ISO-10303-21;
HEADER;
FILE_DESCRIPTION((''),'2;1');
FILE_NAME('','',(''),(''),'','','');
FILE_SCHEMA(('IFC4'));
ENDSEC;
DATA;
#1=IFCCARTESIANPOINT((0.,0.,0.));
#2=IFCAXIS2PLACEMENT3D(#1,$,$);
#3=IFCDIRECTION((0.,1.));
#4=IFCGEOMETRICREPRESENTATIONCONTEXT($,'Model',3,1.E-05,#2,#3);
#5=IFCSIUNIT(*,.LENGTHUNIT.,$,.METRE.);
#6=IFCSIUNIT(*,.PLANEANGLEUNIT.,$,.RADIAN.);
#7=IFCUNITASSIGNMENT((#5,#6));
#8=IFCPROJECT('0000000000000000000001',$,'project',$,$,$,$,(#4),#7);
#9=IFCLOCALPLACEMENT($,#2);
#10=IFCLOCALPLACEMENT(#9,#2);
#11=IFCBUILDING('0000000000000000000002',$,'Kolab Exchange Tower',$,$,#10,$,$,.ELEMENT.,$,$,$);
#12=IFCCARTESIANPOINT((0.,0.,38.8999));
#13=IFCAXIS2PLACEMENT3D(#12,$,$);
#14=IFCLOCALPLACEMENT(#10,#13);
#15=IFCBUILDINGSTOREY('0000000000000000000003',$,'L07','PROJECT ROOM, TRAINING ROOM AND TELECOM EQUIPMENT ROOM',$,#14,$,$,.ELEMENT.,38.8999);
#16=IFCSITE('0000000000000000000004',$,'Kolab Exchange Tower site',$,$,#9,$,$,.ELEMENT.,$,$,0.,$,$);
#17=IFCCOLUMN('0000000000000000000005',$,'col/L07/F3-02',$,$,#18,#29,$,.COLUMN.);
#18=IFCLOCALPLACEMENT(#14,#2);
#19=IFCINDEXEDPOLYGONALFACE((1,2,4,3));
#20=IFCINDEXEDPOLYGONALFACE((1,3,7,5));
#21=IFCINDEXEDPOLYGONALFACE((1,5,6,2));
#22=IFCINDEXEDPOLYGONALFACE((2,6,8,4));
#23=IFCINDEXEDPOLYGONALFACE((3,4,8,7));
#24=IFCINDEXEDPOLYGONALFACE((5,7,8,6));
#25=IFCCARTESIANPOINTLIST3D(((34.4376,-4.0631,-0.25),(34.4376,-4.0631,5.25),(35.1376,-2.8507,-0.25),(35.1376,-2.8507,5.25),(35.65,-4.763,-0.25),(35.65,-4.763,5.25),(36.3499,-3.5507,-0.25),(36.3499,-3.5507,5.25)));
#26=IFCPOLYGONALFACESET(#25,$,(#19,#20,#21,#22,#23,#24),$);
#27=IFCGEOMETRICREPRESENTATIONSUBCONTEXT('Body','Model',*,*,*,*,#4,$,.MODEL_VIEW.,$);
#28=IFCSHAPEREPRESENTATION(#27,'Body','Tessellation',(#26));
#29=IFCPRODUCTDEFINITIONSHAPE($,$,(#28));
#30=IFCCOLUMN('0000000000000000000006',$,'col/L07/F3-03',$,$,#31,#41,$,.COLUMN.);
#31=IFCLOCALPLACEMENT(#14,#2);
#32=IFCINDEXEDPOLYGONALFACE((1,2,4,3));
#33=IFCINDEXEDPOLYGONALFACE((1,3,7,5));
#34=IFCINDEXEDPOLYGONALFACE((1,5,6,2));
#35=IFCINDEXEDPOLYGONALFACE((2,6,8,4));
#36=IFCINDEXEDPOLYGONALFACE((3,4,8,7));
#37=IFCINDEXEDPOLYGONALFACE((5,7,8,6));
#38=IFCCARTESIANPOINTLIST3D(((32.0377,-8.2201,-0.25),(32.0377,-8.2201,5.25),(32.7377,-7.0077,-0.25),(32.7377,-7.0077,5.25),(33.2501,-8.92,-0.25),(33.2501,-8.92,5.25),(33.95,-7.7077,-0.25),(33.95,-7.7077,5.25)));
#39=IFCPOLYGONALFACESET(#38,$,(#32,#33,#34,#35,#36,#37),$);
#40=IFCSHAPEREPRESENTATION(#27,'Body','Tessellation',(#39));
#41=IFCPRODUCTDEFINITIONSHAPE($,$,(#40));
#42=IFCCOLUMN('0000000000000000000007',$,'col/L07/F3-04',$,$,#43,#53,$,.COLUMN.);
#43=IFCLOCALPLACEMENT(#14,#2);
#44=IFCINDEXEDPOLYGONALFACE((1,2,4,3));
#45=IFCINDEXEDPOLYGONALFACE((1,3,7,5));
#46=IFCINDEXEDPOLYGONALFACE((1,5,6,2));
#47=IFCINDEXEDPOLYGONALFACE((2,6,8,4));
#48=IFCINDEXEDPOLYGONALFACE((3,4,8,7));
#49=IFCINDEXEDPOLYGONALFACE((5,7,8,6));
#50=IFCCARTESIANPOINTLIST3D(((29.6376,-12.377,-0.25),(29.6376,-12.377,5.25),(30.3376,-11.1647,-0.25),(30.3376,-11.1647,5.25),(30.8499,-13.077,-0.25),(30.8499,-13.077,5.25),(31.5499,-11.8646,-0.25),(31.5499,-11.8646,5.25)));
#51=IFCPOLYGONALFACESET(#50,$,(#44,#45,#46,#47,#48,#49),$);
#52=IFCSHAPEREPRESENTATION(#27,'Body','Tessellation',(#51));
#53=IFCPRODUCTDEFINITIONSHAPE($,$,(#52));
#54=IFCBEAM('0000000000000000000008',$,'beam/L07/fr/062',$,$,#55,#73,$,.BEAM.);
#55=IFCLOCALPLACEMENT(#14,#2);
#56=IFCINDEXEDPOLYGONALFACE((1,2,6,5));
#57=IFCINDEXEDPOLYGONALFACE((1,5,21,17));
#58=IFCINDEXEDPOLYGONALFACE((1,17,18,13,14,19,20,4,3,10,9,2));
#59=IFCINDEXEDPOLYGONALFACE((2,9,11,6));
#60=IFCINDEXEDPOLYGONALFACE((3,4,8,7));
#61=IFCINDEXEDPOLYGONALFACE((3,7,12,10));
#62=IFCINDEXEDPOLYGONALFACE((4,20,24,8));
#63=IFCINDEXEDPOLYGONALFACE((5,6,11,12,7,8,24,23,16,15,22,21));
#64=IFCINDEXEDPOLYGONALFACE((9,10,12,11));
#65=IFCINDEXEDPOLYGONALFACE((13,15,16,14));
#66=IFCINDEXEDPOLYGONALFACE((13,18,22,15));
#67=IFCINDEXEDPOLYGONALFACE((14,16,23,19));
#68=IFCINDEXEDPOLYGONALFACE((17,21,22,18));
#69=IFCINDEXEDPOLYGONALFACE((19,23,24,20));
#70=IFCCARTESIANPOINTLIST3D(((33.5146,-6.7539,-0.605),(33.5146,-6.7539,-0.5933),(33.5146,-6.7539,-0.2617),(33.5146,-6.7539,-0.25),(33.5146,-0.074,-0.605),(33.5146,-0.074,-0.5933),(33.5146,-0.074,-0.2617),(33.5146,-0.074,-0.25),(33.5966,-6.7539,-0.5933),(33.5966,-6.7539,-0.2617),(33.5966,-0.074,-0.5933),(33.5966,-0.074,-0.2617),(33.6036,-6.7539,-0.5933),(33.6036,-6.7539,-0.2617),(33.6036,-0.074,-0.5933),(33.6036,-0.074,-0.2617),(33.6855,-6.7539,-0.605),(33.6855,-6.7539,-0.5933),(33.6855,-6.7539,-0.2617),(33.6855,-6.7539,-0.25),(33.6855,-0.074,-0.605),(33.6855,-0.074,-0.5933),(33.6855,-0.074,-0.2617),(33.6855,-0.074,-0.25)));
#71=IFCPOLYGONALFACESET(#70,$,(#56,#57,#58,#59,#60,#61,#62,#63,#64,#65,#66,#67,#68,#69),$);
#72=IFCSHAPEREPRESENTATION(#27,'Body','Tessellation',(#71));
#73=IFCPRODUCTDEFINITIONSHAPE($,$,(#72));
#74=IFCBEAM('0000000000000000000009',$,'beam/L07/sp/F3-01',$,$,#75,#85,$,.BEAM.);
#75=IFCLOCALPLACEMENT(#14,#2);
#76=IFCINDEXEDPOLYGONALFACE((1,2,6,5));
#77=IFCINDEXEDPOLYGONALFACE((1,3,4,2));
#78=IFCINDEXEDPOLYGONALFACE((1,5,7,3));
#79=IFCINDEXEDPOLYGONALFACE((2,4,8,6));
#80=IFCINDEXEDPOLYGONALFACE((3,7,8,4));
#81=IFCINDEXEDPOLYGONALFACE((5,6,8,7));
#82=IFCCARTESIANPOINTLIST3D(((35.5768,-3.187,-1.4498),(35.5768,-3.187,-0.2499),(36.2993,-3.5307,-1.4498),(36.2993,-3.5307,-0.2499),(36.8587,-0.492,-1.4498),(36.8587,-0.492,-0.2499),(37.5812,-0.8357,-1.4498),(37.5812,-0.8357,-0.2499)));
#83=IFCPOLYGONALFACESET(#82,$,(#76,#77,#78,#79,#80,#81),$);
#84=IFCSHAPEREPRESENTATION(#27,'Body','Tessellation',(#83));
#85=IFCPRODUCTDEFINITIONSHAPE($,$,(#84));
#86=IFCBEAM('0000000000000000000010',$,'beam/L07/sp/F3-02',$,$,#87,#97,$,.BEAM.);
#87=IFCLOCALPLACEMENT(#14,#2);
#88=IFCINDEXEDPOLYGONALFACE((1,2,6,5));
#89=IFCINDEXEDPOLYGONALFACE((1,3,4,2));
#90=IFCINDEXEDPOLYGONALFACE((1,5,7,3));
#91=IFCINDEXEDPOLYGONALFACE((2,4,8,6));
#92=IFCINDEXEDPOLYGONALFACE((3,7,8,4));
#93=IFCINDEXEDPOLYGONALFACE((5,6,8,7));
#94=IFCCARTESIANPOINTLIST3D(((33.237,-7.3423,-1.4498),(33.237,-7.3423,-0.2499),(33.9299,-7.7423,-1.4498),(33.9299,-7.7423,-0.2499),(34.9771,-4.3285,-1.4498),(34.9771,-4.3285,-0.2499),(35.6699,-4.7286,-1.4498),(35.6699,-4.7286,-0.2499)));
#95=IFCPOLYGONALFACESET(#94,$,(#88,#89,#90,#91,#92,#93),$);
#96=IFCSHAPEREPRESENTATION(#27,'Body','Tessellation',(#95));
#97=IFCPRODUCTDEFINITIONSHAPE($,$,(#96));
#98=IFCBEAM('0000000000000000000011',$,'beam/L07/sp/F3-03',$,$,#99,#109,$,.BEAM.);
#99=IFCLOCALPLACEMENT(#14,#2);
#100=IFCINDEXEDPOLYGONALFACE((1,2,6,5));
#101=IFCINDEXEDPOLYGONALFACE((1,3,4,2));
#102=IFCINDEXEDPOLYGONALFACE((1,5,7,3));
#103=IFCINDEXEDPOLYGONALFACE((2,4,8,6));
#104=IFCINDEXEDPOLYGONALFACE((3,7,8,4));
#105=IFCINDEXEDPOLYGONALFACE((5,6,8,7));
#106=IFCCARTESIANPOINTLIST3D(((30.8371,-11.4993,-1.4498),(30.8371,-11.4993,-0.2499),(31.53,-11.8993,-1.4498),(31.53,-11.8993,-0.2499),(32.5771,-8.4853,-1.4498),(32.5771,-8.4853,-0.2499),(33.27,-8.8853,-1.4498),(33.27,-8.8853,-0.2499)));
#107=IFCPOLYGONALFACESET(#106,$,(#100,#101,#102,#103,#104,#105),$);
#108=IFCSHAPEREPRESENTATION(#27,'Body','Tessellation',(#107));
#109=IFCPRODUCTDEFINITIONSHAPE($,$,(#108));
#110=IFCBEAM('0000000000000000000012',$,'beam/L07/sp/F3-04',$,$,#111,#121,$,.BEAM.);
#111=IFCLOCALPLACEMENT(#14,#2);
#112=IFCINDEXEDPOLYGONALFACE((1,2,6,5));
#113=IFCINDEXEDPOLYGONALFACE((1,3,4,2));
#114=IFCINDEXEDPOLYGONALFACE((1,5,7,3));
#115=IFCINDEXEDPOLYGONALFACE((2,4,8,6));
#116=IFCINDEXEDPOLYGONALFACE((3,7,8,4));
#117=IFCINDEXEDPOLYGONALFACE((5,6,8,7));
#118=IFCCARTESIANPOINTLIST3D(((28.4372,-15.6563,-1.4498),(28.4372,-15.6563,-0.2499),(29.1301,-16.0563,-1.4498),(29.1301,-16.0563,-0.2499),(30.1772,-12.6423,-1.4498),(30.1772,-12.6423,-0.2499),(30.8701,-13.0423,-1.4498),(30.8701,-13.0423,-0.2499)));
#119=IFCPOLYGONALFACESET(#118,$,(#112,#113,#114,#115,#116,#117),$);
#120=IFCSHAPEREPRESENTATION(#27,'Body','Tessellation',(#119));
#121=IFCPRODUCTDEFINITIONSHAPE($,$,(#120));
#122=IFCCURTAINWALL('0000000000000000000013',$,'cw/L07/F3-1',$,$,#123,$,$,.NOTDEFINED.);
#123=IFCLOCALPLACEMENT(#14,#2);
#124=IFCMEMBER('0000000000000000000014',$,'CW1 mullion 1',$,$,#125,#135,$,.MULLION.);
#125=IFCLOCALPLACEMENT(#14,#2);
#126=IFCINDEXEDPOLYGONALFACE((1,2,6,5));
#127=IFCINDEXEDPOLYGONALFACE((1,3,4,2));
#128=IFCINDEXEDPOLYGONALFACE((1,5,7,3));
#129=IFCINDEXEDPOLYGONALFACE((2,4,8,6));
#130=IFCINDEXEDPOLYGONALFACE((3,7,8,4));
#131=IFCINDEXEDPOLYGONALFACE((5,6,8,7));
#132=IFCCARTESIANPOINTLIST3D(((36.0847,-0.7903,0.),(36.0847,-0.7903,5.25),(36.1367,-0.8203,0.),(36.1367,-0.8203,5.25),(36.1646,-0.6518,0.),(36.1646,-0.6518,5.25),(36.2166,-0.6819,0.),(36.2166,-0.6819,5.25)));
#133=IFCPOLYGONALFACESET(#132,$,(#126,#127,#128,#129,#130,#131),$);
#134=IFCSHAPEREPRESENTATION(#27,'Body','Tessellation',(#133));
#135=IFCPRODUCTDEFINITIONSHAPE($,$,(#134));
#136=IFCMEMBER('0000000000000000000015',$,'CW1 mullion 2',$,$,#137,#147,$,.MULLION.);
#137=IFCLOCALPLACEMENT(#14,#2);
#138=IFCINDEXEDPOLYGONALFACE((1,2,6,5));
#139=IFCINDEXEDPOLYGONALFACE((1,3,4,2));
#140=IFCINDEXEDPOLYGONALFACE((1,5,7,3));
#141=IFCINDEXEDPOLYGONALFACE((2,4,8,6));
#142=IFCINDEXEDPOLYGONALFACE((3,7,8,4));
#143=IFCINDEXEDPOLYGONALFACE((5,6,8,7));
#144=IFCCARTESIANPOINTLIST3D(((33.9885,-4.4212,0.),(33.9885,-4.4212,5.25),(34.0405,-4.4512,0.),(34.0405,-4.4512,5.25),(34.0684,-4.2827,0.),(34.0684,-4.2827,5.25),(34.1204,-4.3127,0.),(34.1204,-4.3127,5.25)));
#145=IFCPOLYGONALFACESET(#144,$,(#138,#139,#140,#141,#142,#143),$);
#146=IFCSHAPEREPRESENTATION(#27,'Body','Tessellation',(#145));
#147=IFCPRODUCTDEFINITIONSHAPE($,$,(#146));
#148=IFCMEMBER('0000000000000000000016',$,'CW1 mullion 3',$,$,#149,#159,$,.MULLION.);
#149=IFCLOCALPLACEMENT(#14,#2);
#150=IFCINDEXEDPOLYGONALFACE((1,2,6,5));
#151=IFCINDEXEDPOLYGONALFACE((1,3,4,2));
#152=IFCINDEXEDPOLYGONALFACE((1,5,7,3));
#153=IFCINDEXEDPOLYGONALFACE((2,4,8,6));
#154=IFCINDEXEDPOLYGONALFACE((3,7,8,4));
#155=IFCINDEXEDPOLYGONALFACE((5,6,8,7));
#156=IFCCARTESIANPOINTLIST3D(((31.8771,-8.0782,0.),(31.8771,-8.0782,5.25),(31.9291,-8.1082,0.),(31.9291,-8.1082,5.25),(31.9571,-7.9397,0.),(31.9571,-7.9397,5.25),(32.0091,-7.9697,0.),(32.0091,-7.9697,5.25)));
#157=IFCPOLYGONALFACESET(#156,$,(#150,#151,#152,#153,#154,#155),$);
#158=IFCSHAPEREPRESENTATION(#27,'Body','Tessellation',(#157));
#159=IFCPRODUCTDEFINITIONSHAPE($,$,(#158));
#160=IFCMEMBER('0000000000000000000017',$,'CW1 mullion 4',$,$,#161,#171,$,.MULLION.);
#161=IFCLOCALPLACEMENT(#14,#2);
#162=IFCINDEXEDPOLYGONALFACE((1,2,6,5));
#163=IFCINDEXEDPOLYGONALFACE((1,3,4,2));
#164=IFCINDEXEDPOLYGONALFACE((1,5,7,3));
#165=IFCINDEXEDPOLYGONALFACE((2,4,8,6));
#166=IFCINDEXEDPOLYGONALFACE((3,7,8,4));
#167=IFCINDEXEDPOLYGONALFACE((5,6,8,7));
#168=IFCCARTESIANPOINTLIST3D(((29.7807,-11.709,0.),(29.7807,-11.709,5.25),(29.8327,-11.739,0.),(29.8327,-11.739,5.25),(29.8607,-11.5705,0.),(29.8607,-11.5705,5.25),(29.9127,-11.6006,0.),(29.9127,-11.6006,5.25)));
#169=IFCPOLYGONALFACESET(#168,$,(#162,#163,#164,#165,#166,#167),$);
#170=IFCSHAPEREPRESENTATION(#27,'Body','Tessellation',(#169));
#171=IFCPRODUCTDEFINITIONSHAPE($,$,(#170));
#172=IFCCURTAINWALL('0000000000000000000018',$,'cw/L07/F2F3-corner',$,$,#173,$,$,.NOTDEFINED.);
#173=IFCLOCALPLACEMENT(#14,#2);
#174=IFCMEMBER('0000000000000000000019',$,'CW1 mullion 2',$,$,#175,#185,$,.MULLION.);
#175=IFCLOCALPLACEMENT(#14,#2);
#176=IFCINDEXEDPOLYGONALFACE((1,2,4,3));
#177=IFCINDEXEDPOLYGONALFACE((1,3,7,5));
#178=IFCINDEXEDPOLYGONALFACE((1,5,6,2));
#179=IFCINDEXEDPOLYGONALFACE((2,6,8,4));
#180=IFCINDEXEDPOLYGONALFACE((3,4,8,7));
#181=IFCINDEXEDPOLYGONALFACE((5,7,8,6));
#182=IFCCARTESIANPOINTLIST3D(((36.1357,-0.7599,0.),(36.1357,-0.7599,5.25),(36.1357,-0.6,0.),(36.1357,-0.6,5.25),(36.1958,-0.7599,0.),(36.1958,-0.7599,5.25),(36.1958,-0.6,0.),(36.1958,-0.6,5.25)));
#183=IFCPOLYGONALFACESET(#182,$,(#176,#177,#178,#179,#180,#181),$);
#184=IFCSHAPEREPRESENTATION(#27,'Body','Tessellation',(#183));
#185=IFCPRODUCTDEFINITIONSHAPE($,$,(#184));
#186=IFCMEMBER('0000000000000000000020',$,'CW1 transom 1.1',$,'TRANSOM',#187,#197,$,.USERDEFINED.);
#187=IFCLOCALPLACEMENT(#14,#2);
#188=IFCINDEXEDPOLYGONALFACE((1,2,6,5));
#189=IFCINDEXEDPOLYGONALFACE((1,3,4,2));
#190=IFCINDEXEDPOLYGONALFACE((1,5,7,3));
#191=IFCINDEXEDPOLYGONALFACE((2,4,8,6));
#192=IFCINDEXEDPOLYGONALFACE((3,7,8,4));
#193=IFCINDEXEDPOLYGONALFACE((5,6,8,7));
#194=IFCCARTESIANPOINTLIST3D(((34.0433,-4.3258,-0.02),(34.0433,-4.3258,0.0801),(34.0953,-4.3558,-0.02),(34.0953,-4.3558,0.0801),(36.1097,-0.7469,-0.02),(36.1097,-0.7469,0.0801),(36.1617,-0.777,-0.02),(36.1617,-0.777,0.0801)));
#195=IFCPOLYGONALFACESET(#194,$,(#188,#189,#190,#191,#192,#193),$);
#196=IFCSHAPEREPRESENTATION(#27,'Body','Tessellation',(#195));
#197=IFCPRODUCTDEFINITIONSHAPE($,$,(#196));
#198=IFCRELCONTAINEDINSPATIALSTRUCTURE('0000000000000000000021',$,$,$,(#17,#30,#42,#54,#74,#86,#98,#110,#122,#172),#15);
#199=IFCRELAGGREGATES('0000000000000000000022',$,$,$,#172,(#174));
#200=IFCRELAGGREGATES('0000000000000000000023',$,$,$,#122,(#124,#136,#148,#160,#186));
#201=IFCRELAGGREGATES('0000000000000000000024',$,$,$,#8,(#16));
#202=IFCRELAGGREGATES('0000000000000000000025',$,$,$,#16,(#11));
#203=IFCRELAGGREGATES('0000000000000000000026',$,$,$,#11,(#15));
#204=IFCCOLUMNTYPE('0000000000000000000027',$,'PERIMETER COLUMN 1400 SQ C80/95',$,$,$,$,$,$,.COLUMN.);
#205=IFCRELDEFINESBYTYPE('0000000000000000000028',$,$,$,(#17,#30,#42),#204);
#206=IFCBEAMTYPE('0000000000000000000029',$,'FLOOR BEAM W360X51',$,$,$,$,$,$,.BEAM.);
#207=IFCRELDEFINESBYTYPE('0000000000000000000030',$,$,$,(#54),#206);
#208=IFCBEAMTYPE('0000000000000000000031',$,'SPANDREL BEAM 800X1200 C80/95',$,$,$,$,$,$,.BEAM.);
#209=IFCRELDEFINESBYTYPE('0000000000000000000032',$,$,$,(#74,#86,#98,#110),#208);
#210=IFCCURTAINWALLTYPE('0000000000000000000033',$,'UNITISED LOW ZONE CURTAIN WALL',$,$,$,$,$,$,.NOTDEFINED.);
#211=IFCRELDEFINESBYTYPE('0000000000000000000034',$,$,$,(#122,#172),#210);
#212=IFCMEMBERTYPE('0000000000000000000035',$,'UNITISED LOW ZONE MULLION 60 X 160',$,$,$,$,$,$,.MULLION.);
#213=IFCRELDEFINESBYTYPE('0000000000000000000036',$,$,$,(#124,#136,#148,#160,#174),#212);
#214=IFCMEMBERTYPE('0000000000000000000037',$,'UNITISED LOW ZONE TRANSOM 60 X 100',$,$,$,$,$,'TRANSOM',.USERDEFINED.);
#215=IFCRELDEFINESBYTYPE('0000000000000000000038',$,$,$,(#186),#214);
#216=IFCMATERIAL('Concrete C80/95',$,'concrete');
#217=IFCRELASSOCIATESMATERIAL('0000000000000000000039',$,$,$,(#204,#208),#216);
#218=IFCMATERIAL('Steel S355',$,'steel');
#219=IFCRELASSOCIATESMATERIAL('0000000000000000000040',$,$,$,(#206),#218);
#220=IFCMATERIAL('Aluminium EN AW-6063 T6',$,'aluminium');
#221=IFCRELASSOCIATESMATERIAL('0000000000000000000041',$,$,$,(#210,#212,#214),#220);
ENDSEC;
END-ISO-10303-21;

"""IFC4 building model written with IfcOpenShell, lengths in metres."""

from ifc_helpers import new_model, si_unit, direction, frame, origin, origin_2d, place, context, subcontext, project, spatial, rectangle, i_section, extrude, material, material_profile, profile_set, type_object, element, aggregate, save


model = new_model("IFC4")

# Units and contexts
model_context = context("Model", 3, precision=1e-05, world=origin(), true_north=direction((0.0, 1.0)))
body_context = subcontext(model_context, "Body", "Model", "MODEL_VIEW")
ifc_project = project(units=[si_unit("LENGTHUNIT", "METRE"), si_unit("PLANEANGLEUNIT", "RADIAN")], contexts=[model_context])

# Site, building, storey
site_placement = place(None, origin())
site = spatial("IfcSite", under=ifc_project, at=site_placement, Name="Kolab Exchange Tower site", CompositionType="ELEMENT", RefElevation=0.0)
building_placement = place(site_placement, origin())
building = spatial("IfcBuilding", under=site, at=building_placement, Name="Kolab Exchange Tower", CompositionType="ELEMENT")
storey_placement = place(building_placement, frame((0.0, 0.0, 38.8999)))
storey = spatial("IfcBuildingStorey", under=building, at=storey_placement, Name="L07", Description="PROJECT ROOM, TRAINING ROOM AND TELECOM EQUIPMENT ROOM", CompositionType="ELEMENT", Elevation=38.8999)

# Columns
ifc_material_1 = material(Name="Concrete C80/95", Category="concrete")
ifc_material_profile_1 = material_profile(ifc_material_1, rectangle(XDim=1.3999, YDim=1.3999, at=origin_2d()), Name="RC1400")
ifc_profile_set_1 = profile_set([ifc_material_profile_1], Name="Concrete C80/95")
column_type = type_object("IfcColumnType", Name="PERIMETER COLUMN 1400 SQ C80/95", PredefinedType="COLUMN", material=ifc_profile_set_1)
for number, where, z_axis, x_axis, name in (
    (1, (35.3938, -3.8069, -0.25), (0.0, 0.0, 1.0), (0.5, 0.866025, 0.0), "col/L07/F3-02"),
    (2, (32.9939, -7.9639, -0.25), (0.0, 0.0, 1.0), (0.5, 0.866025, 0.0), "col/L07/F3-03"),
    (3, (30.5938, -12.1208, -0.25), (0.0, 0.0, 1.0), (0.5, 0.866025, 0.0), "col/L07/F3-04"),
):
    element("IfcColumn", number, at=place(storey_placement, frame(where, z_axis=z_axis, x_axis=x_axis)), inside=storey, type_object=column_type, Name=name, PredefinedType="COLUMN", context=body_context, shape_type="SweptSolid", body=[
        extrude(rectangle(XDim=1.3999, YDim=1.3999, at=origin_2d()), origin(), (0.0, 0.0, 1.0), 5.5),
    ])

# Beams
ifc_material_2 = material(Name="Steel S355", Category="steel")
ifc_material_profile_2 = material_profile(ifc_material_2, i_section(OverallWidth=0.1709, OverallDepth=0.355, WebThickness=0.0071, FlangeThickness=0.0117, at=origin_2d()), Name="W360X51")
ifc_profile_set_2 = profile_set([ifc_material_profile_2], Name="Steel S355")
beam_type_1 = type_object("IfcBeamType", Name="FLOOR BEAM W360X51", PredefinedType="BEAM", material=ifc_profile_set_2)
beam_1_placement = place(storey_placement, frame((33.6001, -6.7539, -0.4275), z_axis=(0.0, 1.0, 0.0), x_axis=(-1.0, 0.0, 0.0)))
element("IfcBeam", 4, at=beam_1_placement, inside=storey, type_object=beam_type_1, Name="beam/L07/fr/062", PredefinedType="BEAM", context=body_context, shape_type="SweptSolid", body=[
    extrude(i_section(OverallWidth=0.1709, OverallDepth=0.355, WebThickness=0.0071, FlangeThickness=0.0117, at=origin_2d()), origin(), (0.0, 0.0, 1.0), 6.6799),
])
ifc_material_profile_3 = material_profile(ifc_material_1, rectangle(XDim=0.8, YDim=1.2, at=origin_2d()), Name="RC800X1200")
ifc_profile_set_3 = profile_set([ifc_material_profile_3], Name="Concrete C80/95")
beam_type_2 = type_object("IfcBeamType", Name="SPANDREL BEAM 800X1200 C80/95", PredefinedType="BEAM", material=ifc_profile_set_3)
beam_2_placement = place(storey_placement, frame((37.22, -0.6638, -0.8499), z_axis=(-0.429556, -0.90304, 0.0), x_axis=(0.90304, -0.429556, 0.0)))
element("IfcBeam", 5, at=beam_2_placement, inside=storey, type_object=beam_type_2, Name="beam/L07/sp/F3-01", PredefinedType="BEAM", context=body_context, shape_type="SweptSolid", body=[
    extrude(rectangle(XDim=0.8, YDim=1.2, at=origin_2d()), origin(), (0.0, 0.0, 1.0), 2.9844),
])
beam_3_placement = place(storey_placement, frame((35.3235, -4.5286, -0.8499), z_axis=(-0.50001, -0.86602, 0.0), x_axis=(0.86602, -0.50001, 0.0)))
element("IfcBeam", 6, at=beam_3_placement, inside=storey, type_object=beam_type_2, Name="beam/L07/sp/F3-02", PredefinedType="BEAM", context=body_context, shape_type="SweptSolid", body=[
    extrude(rectangle(XDim=0.8, YDim=1.2, at=origin_2d()), origin(), (0.0, 0.0, 1.0), 3.48),
])
for number, where, z_axis, x_axis, name in (
    (7, (32.9236, -8.6853, -0.8499), (-0.49998, -0.866037, 0.0), (0.866037, -0.49998, 0.0), "beam/L07/sp/F3-03"),
    (8, (30.5237, -12.8423, -0.8499), (-0.49998, -0.866037, 0.0), (0.866037, -0.49998, 0.0), "beam/L07/sp/F3-04"),
):
    element("IfcBeam", number, at=place(storey_placement, frame(where, z_axis=z_axis, x_axis=x_axis)), inside=storey, type_object=beam_type_2, Name=name, PredefinedType="BEAM", context=body_context, shape_type="SweptSolid", body=[
        extrude(rectangle(XDim=0.8, YDim=1.2, at=origin_2d()), origin(), (0.0, 0.0, 1.0), 3.4802),
    ])

# Curtain wall, members
ifc_material_3 = material(Name="Aluminium EN AW-6063 T6", Category="aluminium")
curtain_wall_type = type_object("IfcCurtainWallType", Name="UNITISED LOW ZONE CURTAIN WALL", PredefinedType="NOTDEFINED", material=ifc_material_3)
curtain_wall_1_placement = place(storey_placement, origin())
curtain_wall_1 = element("IfcCurtainWall", 9, at=curtain_wall_1_placement, inside=storey, type_object=curtain_wall_type, Name="cw/L07/F3-1", PredefinedType="NOTDEFINED")
ifc_material_profile_4 = material_profile(ifc_material_3, rectangle(XDim=0.0601, YDim=0.1599, at=origin_2d()), Name="RECT 60X160")
ifc_profile_set_4 = profile_set([ifc_material_profile_4], Name="Aluminium EN AW-6063 T6")
member_type_1 = type_object("IfcMemberType", Name="UNITISED LOW ZONE MULLION 60 X 160", PredefinedType="MULLION", material=ifc_profile_set_4)
member_1_placement = place(storey_placement, frame((36.1506, -0.7361, 0.0), z_axis=(0.0, 0.0, 1.0), x_axis=(0.866025, -0.5, 0.0)))
member_1 = element("IfcMember", 10, at=member_1_placement, type_object=member_type_1, Name="CW1 mullion 1", PredefinedType="MULLION", context=body_context, shape_type="SweptSolid", body=[
    extrude(rectangle(XDim=0.0601, YDim=0.1599, at=origin_2d()), origin(), (0.0, 0.0, 1.0), 5.25),
])
member_2_placement = place(storey_placement, frame((34.0544, -4.3669, 0.0), z_axis=(0.0, 0.0, 1.0), x_axis=(0.866025, -0.5, 0.0)))
member_2 = element("IfcMember", 11, at=member_2_placement, type_object=member_type_1, Name="CW1 mullion 2", PredefinedType="MULLION", context=body_context, shape_type="SweptSolid", body=[
    extrude(rectangle(XDim=0.0601, YDim=0.1599, at=origin_2d()), origin(), (0.0, 0.0, 1.0), 5.25),
])
member_3_placement = place(storey_placement, frame((31.9431, -8.0239, 0.0), z_axis=(0.0, 0.0, 1.0), x_axis=(0.866025, -0.5, 0.0)))
member_3 = element("IfcMember", 12, at=member_3_placement, type_object=member_type_1, Name="CW1 mullion 3", PredefinedType="MULLION", context=body_context, shape_type="SweptSolid", body=[
    extrude(rectangle(XDim=0.0601, YDim=0.1599, at=origin_2d()), origin(), (0.0, 0.0, 1.0), 5.25),
])
member_4_placement = place(storey_placement, frame((29.8467, -11.6548, 0.0), z_axis=(0.0, 0.0, 1.0), x_axis=(0.866025, -0.5, 0.0)))
member_4 = element("IfcMember", 13, at=member_4_placement, type_object=member_type_1, Name="CW1 mullion 4", PredefinedType="MULLION", context=body_context, shape_type="SweptSolid", body=[
    extrude(rectangle(XDim=0.0601, YDim=0.1599, at=origin_2d()), origin(), (0.0, 0.0, 1.0), 5.25),
])

# Curtain wall, member
curtain_wall_2_placement = place(storey_placement, origin())
curtain_wall_2 = element("IfcCurtainWall", 14, at=curtain_wall_2_placement, inside=storey, type_object=curtain_wall_type, Name="cw/L07/F2F3-corner", PredefinedType="NOTDEFINED")
member_5_placement = place(storey_placement, frame((36.1658, -0.6799, 0.0), z_axis=(0.0, 0.0, 1.0), x_axis=(1.0, 0.0, 0.0)))
member_5 = element("IfcMember", 15, at=member_5_placement, type_object=member_type_1, Name="CW1 mullion 2", PredefinedType="MULLION", context=body_context, shape_type="SweptSolid", body=[
    extrude(rectangle(XDim=0.0601, YDim=0.1599, at=origin_2d()), origin(), (0.0, 0.0, 1.0), 5.25),
])
aggregate(curtain_wall_2, [member_5])

# Member
ifc_material_profile_5 = material_profile(ifc_material_3, rectangle(XDim=0.0601, YDim=0.1001, at=origin_2d()), Name="RECT 60X100")
ifc_profile_set_5 = profile_set([ifc_material_profile_5], Name="Aluminium EN AW-6063 T6")
member_type_2 = type_object("IfcMemberType", Name="UNITISED LOW ZONE TRANSOM 60 X 100", ElementType="TRANSOM", PredefinedType="USERDEFINED", material=ifc_profile_set_5)
member_6_placement = place(storey_placement, frame((36.1357, -0.762, 0.03), z_axis=(-0.500028, -0.866009, 0.0), x_axis=(0.866009, -0.500028, 0.0)))
member_6 = element("IfcMember", 16, at=member_6_placement, type_object=member_type_2, Name="CW1 transom 1.1", ObjectType="TRANSOM", PredefinedType="USERDEFINED", context=body_context, shape_type="SweptSolid", body=[
    extrude(rectangle(XDim=0.0601, YDim=0.1001, at=origin_2d()), origin(), (0.0, 0.0, 1.0), 4.1326),
])

aggregate(curtain_wall_1, [member_1, member_2, member_3, member_4, member_6])

save(model, "model.ifc")
